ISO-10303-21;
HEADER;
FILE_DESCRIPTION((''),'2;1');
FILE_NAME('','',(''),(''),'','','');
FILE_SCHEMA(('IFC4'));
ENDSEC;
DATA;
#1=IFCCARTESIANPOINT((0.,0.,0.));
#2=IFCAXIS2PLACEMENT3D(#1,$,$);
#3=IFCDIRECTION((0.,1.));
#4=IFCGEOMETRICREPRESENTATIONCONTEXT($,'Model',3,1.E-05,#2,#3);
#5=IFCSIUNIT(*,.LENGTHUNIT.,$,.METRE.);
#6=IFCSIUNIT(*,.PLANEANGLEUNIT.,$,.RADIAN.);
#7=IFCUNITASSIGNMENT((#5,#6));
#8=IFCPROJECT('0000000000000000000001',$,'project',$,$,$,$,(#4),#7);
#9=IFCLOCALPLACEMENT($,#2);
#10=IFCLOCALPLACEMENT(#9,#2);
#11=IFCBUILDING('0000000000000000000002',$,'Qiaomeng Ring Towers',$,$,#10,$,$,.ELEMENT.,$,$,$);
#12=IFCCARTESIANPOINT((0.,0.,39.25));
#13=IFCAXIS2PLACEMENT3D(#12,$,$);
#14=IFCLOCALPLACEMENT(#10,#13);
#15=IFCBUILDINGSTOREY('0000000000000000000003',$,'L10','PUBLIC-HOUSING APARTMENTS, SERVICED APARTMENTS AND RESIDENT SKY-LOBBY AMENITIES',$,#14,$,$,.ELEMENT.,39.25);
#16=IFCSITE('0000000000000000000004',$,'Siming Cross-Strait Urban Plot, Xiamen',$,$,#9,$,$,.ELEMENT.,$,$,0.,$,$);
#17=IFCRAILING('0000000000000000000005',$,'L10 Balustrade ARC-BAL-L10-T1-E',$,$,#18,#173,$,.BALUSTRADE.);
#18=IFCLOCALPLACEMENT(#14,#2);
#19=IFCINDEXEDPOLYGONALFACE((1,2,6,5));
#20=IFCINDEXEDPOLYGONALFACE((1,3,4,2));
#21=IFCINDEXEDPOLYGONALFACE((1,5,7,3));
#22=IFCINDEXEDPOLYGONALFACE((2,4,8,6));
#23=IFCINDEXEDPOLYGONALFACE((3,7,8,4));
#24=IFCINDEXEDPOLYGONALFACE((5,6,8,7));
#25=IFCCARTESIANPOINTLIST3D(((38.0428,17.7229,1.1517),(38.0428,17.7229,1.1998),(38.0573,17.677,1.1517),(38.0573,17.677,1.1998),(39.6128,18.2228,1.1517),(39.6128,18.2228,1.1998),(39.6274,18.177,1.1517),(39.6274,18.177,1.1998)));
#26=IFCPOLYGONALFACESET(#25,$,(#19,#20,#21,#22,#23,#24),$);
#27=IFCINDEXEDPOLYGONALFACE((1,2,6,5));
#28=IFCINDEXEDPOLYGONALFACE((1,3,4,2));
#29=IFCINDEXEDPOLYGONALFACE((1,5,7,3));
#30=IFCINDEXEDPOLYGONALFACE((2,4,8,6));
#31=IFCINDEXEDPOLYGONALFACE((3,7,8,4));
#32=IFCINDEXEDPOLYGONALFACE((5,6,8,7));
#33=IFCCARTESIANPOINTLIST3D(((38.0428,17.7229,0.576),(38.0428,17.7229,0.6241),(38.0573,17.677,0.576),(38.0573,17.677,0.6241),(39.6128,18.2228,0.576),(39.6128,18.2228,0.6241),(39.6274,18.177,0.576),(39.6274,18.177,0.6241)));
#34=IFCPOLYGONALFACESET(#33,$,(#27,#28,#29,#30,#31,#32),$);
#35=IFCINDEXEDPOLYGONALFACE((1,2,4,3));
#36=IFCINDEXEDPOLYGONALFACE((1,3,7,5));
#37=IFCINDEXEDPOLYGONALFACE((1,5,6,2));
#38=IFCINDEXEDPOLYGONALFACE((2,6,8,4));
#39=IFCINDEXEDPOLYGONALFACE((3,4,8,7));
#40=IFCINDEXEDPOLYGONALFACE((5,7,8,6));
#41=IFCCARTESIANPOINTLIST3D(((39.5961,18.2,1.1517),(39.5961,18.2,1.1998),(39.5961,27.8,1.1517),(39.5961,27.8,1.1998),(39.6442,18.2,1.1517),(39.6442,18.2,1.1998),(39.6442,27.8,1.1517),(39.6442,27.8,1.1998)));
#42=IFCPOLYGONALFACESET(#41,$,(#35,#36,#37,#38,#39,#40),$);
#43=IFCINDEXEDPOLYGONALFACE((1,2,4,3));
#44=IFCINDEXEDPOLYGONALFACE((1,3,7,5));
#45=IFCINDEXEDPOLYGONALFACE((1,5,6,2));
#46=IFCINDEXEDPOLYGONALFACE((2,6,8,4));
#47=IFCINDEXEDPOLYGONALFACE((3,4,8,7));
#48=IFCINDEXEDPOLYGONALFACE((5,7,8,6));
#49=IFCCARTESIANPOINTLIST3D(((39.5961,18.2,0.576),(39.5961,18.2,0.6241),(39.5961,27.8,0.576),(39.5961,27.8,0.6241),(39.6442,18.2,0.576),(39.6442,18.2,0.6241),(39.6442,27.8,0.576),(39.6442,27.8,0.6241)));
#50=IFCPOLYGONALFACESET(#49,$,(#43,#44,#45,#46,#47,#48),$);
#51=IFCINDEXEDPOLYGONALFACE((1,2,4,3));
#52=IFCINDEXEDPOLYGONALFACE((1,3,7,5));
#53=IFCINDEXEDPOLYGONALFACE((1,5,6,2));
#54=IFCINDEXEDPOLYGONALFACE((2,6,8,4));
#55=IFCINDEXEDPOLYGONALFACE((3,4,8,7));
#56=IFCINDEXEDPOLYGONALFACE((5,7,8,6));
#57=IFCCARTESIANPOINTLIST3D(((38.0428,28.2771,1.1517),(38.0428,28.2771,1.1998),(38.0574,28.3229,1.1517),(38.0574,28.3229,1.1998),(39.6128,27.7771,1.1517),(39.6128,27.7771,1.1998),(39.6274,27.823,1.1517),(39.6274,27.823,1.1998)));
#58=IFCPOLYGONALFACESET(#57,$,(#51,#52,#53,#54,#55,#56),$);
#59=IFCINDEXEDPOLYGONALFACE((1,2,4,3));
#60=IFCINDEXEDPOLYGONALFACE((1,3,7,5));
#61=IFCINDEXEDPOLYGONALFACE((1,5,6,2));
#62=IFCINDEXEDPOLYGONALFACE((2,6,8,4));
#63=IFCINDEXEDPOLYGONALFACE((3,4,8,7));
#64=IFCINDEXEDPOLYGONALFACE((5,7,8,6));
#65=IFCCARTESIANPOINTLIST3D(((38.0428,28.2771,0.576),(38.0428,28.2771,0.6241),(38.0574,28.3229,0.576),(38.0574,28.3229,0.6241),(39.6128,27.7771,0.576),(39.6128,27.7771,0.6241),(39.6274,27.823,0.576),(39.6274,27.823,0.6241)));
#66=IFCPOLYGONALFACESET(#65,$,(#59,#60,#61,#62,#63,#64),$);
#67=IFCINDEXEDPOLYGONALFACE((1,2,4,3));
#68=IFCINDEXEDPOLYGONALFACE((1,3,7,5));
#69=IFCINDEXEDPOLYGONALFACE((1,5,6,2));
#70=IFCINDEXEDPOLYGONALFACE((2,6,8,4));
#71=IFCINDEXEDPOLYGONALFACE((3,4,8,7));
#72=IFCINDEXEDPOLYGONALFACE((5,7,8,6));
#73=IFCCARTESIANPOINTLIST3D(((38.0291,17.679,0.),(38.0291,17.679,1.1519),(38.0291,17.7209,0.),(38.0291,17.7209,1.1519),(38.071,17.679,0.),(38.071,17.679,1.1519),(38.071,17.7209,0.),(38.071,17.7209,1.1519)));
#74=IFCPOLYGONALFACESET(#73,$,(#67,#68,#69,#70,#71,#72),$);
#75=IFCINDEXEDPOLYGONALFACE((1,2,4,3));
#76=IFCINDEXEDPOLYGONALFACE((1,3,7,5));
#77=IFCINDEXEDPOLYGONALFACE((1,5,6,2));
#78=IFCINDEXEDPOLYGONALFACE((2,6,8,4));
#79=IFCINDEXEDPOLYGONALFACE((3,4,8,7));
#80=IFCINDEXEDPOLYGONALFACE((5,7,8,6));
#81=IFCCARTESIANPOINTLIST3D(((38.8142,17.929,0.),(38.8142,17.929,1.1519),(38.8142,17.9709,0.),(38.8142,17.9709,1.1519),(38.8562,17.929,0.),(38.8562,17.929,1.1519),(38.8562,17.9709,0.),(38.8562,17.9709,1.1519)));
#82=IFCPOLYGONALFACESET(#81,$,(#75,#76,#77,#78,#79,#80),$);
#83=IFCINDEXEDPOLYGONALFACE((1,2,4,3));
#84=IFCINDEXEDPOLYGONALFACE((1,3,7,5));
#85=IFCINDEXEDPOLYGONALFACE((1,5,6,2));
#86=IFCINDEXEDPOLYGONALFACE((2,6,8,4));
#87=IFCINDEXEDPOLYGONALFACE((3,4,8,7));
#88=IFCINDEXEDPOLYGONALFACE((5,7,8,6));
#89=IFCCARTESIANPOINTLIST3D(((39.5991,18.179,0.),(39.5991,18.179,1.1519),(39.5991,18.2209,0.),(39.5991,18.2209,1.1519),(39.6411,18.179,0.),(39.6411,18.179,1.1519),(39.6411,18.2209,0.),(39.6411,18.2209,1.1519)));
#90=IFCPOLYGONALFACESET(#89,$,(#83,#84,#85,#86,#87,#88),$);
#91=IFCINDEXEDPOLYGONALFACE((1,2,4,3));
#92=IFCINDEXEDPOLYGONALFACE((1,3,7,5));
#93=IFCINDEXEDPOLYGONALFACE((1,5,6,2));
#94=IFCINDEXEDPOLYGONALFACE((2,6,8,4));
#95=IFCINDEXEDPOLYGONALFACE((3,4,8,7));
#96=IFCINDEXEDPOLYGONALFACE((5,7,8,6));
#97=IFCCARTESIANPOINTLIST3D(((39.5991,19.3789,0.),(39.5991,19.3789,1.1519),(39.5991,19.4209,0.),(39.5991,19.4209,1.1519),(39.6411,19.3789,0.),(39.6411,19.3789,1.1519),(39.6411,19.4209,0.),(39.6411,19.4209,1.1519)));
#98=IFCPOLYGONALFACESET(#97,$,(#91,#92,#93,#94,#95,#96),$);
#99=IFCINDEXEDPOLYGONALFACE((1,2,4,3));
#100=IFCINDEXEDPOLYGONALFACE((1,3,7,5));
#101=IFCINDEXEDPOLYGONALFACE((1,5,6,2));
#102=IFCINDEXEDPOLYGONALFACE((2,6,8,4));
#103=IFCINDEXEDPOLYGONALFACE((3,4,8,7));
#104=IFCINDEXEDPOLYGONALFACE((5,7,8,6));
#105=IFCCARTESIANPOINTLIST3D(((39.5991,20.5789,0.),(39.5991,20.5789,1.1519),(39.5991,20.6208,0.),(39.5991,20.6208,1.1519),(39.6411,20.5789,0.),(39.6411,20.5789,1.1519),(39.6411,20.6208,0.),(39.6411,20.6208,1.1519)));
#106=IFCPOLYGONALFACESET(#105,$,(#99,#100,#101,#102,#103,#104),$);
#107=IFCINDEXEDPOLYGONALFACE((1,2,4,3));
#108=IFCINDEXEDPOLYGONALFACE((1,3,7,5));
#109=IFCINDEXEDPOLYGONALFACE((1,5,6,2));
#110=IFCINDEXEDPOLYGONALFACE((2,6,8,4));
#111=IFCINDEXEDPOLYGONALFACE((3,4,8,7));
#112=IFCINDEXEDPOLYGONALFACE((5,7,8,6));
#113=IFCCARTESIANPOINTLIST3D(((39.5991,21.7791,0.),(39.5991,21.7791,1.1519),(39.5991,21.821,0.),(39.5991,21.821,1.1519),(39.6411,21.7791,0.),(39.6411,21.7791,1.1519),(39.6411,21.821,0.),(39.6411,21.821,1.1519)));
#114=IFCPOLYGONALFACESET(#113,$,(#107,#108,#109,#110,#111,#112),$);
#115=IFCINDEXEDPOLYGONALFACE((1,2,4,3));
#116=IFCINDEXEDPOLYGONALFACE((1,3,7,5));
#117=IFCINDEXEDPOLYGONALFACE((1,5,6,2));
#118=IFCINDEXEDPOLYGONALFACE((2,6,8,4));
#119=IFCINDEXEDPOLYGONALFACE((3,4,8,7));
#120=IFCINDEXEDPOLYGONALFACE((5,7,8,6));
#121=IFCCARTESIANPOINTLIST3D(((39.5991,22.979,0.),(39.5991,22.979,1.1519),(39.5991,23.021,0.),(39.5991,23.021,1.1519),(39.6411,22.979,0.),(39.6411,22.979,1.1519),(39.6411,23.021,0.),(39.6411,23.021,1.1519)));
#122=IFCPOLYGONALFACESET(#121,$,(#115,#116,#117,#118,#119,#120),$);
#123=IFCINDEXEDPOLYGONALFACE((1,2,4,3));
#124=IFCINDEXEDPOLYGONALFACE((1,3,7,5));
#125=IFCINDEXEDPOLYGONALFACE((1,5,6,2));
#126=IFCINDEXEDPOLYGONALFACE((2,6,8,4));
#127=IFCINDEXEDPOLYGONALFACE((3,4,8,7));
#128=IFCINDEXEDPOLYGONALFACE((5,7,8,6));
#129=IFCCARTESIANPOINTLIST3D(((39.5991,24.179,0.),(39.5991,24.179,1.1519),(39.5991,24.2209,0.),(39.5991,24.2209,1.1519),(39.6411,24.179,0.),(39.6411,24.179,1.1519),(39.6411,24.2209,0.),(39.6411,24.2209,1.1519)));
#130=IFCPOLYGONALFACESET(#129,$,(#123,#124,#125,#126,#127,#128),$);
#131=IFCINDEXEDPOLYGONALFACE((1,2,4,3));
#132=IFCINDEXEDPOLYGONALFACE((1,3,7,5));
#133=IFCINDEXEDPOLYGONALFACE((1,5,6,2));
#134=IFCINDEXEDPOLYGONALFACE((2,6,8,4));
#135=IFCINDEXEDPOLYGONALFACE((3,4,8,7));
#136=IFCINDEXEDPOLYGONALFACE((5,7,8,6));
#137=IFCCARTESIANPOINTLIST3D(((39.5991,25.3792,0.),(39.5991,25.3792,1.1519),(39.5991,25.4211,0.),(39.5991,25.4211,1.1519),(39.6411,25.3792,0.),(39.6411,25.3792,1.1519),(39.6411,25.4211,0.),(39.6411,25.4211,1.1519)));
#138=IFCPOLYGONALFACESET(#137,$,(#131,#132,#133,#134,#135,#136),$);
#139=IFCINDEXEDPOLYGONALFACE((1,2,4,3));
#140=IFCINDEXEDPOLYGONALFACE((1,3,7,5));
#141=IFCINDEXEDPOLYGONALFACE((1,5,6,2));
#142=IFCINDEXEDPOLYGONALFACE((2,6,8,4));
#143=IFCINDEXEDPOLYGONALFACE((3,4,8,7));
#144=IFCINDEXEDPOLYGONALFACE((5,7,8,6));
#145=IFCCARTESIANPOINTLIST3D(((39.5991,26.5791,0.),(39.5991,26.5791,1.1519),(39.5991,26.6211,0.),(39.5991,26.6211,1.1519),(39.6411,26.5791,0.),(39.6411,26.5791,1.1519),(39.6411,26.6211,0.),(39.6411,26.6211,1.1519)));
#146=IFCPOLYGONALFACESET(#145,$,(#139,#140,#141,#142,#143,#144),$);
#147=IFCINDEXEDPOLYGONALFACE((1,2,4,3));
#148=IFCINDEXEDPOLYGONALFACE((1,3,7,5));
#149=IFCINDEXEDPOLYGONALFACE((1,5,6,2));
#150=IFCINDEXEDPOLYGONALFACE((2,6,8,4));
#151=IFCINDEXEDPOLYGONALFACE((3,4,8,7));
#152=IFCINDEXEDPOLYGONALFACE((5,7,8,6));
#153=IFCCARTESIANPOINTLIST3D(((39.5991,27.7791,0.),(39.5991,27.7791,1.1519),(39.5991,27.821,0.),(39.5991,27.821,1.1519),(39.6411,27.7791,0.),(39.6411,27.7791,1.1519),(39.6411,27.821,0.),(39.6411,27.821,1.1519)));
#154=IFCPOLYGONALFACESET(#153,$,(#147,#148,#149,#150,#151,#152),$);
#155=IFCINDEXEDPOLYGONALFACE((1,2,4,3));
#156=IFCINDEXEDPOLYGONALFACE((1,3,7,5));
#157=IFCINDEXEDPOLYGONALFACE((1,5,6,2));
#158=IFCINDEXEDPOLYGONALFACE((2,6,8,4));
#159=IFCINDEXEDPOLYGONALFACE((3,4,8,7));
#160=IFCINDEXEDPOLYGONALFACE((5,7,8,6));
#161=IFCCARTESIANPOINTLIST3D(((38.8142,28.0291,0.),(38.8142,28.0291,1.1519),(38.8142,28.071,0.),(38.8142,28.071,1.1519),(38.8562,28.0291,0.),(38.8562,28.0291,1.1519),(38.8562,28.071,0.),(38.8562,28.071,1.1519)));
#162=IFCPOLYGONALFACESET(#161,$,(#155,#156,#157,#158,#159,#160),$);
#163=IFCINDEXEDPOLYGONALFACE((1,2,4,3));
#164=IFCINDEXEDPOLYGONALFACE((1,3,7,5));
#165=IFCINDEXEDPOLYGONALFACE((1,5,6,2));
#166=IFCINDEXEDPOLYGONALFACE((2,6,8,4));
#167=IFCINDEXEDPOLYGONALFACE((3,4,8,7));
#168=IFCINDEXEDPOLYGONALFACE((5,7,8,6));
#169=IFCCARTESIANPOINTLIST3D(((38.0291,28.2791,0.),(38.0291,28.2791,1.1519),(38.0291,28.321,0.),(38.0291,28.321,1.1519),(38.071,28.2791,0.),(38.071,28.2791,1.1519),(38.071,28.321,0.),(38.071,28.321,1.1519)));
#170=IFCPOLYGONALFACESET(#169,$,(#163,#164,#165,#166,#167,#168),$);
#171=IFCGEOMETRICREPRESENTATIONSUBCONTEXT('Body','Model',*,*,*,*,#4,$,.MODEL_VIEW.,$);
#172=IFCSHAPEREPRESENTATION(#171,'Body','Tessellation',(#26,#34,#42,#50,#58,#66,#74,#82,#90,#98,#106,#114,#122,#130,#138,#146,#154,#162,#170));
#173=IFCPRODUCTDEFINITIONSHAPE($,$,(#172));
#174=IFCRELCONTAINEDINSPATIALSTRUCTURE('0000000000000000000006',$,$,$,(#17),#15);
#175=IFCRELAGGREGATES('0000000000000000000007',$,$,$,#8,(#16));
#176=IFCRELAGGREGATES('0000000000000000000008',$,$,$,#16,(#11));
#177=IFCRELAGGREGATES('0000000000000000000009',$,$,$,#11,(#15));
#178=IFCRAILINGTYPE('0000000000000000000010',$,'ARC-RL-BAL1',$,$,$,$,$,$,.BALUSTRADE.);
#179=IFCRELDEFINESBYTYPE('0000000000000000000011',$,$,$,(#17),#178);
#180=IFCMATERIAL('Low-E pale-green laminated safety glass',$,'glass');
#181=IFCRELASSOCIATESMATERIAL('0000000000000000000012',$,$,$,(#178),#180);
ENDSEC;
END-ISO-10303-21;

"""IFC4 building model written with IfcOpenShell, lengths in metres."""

from ifc_helpers import new_model, si_unit, direction, frame, origin, origin_2d, place, context, subcontext, project, spatial, rectangle, extrude, material, type_object, element, save


model = new_model("IFC4")

# Units and contexts
model_context = context("Model", 3, precision=1e-05, world=origin(), true_north=direction((0.0, 1.0)))
body_context = subcontext(model_context, "Body", "Model", "MODEL_VIEW")
ifc_project = project(units=[si_unit("LENGTHUNIT", "METRE"), si_unit("PLANEANGLEUNIT", "RADIAN")], contexts=[model_context])

# Site, building, storey
site_placement = place(None, origin())
site = spatial("IfcSite", under=ifc_project, at=site_placement, Name="Siming Cross-Strait Urban Plot, Xiamen", CompositionType="ELEMENT", RefElevation=0.0)
building_placement = place(site_placement, origin())
building = spatial("IfcBuilding", under=site, at=building_placement, Name="Qiaomeng Ring Towers", CompositionType="ELEMENT")
storey_placement = place(building_placement, frame((0.0, 0.0, 39.25)))
storey = spatial("IfcBuildingStorey", under=building, at=storey_placement, Name="L10", Description="PUBLIC-HOUSING APARTMENTS, SERVICED APARTMENTS AND RESIDENT SKY-LOBBY AMENITIES", CompositionType="ELEMENT", Elevation=39.25)

# Railing
ifc_material_1 = material(Name="Low-E pale-green laminated safety glass", Category="glass")
railing_type = type_object("IfcRailingType", Name="ARC-RL-BAL1", PredefinedType="BALUSTRADE", material=ifc_material_1)
railing_1_placement = place(storey_placement, frame((38.05, 17.7, 0.0)))
element("IfcRailing", 1, at=railing_1_placement, inside=storey, type_object=railing_type, Name="L10 Balustrade ARC-BAL-L10-T1-E", PredefinedType="BALUSTRADE", context=body_context, shape_type="SweptSolid", body=[
    extrude(rectangle(XDim=0.0481, YDim=0.0481, at=origin_2d()), frame((0.0, 0.0, 1.1758), z_axis=(0.95285, 0.303442, 0.0), x_axis=(-0.303442, 0.95285, 0.0)), (0.0, 0.0, 1.0), 1.6477),
    extrude(rectangle(XDim=0.0481, YDim=0.0481, at=origin_2d()), frame((0.0, 0.0, 0.6001), z_axis=(0.95285, 0.303442, 0.0), x_axis=(-0.303442, 0.95285, 0.0)), (0.0, 0.0, 1.0), 1.6477),
    extrude(rectangle(XDim=0.0481, YDim=0.0481, at=origin_2d()), frame((1.5701, 0.5, 1.1758), z_axis=(0.0, 1.0, 0.0), x_axis=(-1.0, 0.0, 0.0)), (0.0, 0.0, 1.0), 9.6001),
    extrude(rectangle(XDim=0.0481, YDim=0.0481, at=origin_2d()), frame((1.5701, 0.5, 0.6001), z_axis=(0.0, 1.0, 0.0), x_axis=(-1.0, 0.0, 0.0)), (0.0, 0.0, 1.0), 9.6001),
    extrude(rectangle(XDim=0.0481, YDim=0.0481, at=origin_2d()), frame((1.5701, 10.1001, 1.1758), z_axis=(-0.95285, 0.303442, 0.0), x_axis=(-0.303442, -0.95285, 0.0)), (0.0, 0.0, 1.0), 1.6477),
    extrude(rectangle(XDim=0.0481, YDim=0.0481, at=origin_2d()), frame((1.5701, 10.1001, 0.6001), z_axis=(-0.95285, 0.303442, 0.0), x_axis=(-0.303442, -0.95285, 0.0)), (0.0, 0.0, 1.0), 1.6477),
    extrude(rectangle(XDim=0.042, YDim=0.042, at=origin_2d()), origin(), (0.0, 0.0, 1.0), 1.1519),
    extrude(rectangle(XDim=0.042, YDim=0.042, at=origin_2d()), frame((0.7852, 0.25, 0.0)), (0.0, 0.0, 1.0), 1.1519),
    extrude(rectangle(XDim=0.042, YDim=0.042, at=origin_2d()), frame((1.5701, 0.5, 0.0)), (0.0, 0.0, 1.0), 1.1519),
    extrude(rectangle(XDim=0.042, YDim=0.042, at=origin_2d()), frame((1.5701, 1.7, 0.0)), (0.0, 0.0, 1.0), 1.1519),
    extrude(rectangle(XDim=0.042, YDim=0.042, at=origin_2d()), frame((1.5701, 2.8999, 0.0)), (0.0, 0.0, 1.0), 1.1519),
    extrude(rectangle(XDim=0.042, YDim=0.042, at=origin_2d()), frame((1.5701, 4.1001, 0.0)), (0.0, 0.0, 1.0), 1.1519),
    extrude(rectangle(XDim=0.042, YDim=0.042, at=origin_2d()), frame((1.5701, 5.3, 0.0)), (0.0, 0.0, 1.0), 1.1519),
    extrude(rectangle(XDim=0.042, YDim=0.042, at=origin_2d()), frame((1.5701, 6.5, 0.0)), (0.0, 0.0, 1.0), 1.1519),
    extrude(rectangle(XDim=0.042, YDim=0.042, at=origin_2d()), frame((1.5701, 7.7002, 0.0)), (0.0, 0.0, 1.0), 1.1519),
    extrude(rectangle(XDim=0.042, YDim=0.042, at=origin_2d()), frame((1.5701, 8.9001, 0.0)), (0.0, 0.0, 1.0), 1.1519),
    extrude(rectangle(XDim=0.042, YDim=0.042, at=origin_2d()), frame((1.5701, 10.1001, 0.0)), (0.0, 0.0, 1.0), 1.1519),
    extrude(rectangle(XDim=0.042, YDim=0.042, at=origin_2d()), frame((0.7852, 10.3501, 0.0)), (0.0, 0.0, 1.0), 1.1519),
    extrude(rectangle(XDim=0.042, YDim=0.042, at=origin_2d()), frame((0.0, 10.6001, 0.0)), (0.0, 0.0, 1.0), 1.1519),
])

save(model, "model.ifc")
